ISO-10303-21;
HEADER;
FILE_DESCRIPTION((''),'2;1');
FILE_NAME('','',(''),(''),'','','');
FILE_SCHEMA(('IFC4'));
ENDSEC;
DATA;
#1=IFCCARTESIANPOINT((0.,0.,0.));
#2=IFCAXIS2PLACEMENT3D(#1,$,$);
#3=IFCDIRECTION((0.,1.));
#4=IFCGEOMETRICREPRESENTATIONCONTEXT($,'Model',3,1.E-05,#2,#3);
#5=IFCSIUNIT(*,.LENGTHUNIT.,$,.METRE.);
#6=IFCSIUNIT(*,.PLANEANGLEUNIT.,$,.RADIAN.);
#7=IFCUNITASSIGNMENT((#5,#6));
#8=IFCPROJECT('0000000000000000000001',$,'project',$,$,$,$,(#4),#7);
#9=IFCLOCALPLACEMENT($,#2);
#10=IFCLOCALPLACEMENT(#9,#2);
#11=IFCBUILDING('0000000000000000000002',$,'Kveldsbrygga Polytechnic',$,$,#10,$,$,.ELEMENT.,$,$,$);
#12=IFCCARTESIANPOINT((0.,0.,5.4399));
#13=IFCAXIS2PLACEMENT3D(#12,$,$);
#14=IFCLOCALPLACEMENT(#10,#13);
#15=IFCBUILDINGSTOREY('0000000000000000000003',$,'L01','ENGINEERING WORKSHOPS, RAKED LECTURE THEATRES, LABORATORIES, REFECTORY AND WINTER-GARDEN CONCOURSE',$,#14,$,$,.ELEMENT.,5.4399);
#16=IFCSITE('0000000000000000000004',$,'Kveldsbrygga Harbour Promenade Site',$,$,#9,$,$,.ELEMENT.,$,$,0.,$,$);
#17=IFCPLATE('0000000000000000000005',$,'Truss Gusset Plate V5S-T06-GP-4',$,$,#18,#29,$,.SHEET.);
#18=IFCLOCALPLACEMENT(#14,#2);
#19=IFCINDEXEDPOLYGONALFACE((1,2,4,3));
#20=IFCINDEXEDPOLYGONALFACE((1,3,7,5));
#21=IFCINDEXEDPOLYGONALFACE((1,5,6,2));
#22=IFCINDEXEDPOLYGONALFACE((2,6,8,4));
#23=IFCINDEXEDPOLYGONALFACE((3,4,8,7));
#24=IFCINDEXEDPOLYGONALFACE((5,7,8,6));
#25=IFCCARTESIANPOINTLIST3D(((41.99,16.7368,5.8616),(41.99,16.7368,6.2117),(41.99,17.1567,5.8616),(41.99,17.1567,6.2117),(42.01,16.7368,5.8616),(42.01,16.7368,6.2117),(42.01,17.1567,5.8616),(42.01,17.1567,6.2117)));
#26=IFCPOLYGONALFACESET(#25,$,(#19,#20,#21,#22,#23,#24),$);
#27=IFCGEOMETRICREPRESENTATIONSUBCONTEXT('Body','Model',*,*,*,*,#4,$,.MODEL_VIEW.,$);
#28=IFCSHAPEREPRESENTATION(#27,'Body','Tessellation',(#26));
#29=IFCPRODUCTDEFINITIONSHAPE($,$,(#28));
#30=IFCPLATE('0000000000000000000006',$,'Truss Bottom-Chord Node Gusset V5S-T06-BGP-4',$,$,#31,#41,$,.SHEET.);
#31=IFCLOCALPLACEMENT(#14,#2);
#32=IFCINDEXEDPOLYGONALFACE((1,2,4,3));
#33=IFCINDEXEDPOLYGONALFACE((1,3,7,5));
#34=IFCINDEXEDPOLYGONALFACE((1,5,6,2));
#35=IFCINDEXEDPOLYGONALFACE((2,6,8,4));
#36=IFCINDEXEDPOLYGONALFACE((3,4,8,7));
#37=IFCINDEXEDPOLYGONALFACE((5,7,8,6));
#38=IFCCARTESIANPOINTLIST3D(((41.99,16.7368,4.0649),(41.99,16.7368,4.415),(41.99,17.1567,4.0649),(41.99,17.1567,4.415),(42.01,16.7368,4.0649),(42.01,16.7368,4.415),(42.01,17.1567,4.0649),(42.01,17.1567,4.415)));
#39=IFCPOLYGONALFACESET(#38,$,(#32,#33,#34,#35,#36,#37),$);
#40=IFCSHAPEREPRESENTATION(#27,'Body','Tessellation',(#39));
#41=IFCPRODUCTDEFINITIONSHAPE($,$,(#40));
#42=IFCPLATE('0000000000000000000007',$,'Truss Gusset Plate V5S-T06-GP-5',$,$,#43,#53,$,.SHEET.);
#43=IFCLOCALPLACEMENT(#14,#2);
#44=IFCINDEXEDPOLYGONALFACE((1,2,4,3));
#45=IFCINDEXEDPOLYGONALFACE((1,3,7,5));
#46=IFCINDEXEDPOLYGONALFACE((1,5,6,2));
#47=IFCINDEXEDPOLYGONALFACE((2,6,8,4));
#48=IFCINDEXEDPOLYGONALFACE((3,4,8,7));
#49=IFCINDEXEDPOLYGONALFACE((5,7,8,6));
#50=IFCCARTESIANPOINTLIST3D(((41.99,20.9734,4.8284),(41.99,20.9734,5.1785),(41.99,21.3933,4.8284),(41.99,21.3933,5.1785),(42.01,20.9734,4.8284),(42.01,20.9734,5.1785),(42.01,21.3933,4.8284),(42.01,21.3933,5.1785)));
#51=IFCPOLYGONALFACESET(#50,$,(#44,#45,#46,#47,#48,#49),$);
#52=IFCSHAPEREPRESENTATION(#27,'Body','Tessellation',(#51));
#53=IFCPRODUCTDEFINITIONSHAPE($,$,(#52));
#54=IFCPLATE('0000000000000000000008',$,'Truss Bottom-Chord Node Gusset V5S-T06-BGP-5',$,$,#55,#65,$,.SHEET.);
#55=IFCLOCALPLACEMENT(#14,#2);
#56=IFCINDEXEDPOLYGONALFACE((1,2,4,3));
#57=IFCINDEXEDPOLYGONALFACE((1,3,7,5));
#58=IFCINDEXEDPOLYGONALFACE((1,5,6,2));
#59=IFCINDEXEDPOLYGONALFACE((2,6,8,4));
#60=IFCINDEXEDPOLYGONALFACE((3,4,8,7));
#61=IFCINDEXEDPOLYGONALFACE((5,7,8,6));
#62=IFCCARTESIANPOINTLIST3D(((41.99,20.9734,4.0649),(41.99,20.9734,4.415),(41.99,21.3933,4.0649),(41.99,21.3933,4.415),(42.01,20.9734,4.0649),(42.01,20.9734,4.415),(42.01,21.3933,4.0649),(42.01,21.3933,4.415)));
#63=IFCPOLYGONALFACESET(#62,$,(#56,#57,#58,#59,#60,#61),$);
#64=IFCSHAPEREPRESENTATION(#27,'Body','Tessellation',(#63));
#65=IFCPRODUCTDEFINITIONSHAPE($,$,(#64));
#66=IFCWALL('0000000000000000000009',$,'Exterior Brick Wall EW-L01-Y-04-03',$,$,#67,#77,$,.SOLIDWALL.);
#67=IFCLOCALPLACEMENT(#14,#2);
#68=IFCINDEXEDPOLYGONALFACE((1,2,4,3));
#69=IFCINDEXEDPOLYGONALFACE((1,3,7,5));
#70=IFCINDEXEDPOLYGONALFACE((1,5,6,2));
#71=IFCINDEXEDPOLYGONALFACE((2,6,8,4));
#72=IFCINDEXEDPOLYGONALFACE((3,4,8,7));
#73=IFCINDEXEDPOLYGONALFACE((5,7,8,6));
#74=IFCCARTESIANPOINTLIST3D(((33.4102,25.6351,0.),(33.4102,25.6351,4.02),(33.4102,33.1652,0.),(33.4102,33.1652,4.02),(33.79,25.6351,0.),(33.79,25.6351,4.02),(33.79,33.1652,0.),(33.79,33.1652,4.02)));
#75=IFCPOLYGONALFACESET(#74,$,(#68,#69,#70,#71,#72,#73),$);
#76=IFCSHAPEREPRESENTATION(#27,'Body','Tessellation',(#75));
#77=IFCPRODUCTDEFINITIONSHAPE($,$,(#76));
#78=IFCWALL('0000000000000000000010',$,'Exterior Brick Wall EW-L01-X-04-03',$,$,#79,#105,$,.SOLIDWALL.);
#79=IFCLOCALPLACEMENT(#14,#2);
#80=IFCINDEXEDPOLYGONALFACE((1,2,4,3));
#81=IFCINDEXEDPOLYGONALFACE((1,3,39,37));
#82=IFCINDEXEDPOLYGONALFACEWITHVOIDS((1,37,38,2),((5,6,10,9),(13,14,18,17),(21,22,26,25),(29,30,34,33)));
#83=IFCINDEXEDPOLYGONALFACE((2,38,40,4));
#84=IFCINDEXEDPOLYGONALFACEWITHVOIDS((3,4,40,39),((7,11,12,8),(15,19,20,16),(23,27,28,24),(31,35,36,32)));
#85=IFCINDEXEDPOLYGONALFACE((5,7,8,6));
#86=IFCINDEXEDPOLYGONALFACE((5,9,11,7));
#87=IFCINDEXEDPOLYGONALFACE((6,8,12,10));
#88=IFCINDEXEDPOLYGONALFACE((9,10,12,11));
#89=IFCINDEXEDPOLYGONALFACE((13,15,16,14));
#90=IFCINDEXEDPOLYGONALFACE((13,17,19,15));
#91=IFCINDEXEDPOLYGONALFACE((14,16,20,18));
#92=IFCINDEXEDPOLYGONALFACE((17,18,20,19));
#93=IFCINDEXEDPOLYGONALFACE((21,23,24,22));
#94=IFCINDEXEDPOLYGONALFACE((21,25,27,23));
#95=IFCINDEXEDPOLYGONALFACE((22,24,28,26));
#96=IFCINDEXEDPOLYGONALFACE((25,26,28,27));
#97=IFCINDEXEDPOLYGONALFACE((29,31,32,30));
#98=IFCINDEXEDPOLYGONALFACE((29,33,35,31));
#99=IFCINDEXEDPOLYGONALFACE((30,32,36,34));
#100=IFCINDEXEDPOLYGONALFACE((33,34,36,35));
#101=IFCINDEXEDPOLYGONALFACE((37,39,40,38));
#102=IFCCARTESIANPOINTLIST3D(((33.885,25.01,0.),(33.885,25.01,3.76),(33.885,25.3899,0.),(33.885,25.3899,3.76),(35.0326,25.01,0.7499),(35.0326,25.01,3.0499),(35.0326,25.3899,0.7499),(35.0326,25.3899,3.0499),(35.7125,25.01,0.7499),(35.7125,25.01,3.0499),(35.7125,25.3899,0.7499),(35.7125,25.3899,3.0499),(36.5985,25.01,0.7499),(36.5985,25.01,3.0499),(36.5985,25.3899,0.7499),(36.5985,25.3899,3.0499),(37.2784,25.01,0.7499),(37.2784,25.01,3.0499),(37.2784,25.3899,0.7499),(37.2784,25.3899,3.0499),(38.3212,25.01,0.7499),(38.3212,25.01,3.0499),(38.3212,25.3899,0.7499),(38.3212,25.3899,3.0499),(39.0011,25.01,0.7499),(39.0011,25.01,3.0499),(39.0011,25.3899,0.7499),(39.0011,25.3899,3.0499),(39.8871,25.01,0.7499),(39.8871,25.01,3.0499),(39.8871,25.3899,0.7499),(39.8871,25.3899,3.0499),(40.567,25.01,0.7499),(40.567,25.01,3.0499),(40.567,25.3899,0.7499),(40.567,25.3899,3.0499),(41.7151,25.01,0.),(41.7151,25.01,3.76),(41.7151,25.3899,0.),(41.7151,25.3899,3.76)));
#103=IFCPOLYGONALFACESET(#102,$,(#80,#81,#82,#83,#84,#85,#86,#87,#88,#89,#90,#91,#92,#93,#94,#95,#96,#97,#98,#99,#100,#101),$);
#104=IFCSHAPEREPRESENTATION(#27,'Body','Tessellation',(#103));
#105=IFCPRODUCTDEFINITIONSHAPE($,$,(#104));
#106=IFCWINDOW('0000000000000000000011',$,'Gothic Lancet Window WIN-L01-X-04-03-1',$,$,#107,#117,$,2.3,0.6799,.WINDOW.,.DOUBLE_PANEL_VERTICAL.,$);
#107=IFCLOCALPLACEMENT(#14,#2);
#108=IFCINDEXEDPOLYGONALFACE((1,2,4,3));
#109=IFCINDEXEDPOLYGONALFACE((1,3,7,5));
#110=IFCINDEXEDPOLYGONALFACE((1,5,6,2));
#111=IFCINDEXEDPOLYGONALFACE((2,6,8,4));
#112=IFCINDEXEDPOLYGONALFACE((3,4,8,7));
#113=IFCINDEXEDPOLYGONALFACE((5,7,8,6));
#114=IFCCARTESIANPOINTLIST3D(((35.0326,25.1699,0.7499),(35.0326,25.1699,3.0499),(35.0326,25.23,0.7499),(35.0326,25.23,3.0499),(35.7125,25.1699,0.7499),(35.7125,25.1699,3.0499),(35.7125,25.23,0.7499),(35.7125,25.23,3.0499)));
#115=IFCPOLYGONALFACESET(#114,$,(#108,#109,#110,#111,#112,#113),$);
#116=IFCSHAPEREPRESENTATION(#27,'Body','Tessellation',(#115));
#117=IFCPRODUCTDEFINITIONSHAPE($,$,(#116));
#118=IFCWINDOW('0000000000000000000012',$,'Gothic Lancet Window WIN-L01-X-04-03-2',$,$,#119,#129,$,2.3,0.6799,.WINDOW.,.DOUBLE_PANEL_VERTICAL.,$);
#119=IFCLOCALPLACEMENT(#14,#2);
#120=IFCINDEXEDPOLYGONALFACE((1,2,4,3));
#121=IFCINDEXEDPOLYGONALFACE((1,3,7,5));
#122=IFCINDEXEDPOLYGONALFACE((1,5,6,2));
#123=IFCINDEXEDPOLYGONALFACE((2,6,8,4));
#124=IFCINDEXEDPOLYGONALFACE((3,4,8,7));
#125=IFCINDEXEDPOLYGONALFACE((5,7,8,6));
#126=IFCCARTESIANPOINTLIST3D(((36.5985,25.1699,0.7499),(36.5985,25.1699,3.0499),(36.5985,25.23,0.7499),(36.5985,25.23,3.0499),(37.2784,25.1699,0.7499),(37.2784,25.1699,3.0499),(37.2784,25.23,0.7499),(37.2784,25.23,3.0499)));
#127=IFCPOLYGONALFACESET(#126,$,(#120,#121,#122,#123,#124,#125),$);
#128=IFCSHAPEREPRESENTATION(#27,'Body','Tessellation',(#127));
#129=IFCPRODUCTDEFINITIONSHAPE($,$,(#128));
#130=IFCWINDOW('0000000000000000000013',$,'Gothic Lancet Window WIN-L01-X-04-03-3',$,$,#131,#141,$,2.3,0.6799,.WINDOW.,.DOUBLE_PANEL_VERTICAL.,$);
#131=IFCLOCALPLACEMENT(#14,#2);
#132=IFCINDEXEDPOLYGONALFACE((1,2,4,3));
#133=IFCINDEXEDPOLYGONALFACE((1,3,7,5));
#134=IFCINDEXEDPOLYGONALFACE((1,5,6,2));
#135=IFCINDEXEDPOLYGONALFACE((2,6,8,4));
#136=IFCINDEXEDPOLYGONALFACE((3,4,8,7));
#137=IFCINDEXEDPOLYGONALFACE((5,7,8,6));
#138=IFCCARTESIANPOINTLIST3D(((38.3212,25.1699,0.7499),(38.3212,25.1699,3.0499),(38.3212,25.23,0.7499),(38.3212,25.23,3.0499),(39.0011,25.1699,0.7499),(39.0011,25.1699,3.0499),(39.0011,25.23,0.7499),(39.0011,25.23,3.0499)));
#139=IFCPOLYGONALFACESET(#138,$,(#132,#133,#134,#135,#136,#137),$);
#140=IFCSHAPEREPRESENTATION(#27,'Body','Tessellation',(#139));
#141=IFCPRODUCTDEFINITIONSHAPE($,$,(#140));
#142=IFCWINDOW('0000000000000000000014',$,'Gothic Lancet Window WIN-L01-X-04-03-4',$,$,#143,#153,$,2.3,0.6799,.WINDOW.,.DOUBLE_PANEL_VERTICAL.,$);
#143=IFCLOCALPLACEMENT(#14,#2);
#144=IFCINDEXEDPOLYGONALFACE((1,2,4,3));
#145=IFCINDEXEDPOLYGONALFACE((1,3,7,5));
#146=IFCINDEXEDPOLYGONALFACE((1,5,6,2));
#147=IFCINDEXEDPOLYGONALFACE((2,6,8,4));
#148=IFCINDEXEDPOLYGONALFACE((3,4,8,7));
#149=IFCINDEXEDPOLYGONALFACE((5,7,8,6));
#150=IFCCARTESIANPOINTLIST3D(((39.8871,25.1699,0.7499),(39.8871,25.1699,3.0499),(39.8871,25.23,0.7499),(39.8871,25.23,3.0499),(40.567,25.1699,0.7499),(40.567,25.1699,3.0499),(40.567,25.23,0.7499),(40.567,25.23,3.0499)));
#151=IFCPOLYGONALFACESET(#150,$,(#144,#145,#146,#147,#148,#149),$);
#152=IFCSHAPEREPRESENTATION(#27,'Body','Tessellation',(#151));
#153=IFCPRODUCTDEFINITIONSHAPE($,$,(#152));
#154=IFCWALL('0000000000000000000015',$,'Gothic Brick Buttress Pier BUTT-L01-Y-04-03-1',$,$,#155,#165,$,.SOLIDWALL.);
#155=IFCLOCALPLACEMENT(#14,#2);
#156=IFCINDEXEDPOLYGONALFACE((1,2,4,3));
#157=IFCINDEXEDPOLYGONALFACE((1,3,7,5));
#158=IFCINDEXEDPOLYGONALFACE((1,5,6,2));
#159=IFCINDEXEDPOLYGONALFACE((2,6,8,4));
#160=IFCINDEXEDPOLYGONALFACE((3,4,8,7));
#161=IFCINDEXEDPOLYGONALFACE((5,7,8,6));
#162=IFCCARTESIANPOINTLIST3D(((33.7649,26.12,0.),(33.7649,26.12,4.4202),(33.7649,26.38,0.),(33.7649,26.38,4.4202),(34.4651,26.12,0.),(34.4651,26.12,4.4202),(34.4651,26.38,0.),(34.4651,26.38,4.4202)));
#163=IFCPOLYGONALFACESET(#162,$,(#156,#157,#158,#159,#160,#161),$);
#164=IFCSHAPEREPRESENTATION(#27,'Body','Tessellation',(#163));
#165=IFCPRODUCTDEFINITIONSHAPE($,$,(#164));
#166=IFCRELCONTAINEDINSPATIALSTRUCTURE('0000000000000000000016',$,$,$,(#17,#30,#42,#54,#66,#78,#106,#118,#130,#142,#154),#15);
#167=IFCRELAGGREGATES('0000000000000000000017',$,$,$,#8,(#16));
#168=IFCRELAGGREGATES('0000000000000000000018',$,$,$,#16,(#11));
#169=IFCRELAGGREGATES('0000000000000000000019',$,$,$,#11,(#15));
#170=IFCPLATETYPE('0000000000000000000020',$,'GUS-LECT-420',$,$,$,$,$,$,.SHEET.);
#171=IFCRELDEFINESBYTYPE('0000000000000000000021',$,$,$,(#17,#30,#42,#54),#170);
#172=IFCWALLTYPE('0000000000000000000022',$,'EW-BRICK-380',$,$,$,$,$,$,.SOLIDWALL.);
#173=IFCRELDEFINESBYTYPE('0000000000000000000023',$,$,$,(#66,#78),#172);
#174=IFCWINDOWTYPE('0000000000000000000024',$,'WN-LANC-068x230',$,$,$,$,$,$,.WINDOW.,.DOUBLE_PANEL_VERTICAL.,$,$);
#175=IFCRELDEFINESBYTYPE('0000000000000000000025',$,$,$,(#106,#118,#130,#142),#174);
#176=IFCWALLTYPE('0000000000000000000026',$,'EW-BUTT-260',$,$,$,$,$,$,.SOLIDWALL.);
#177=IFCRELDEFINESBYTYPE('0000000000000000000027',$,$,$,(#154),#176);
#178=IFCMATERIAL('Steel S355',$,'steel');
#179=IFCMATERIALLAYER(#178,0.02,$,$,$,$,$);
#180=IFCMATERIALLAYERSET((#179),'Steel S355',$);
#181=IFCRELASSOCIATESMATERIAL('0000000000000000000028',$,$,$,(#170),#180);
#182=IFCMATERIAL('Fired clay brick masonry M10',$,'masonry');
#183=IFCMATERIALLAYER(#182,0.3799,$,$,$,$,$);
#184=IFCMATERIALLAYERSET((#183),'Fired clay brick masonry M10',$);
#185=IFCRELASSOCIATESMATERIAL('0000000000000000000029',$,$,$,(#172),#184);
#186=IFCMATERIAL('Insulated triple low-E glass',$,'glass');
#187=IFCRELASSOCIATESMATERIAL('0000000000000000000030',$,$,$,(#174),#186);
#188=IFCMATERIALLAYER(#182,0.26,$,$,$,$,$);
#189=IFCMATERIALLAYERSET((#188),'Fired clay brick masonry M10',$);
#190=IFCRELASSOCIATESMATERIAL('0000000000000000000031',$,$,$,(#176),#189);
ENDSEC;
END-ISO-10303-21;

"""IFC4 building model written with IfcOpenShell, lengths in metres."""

from ifc_helpers import new_model, si_unit, direction, frame, frame_2d, origin, origin_2d, place, context, subcontext, project, spatial, rectangle, extrude, material, layer, layer_set, type_object, element, fill, save


model = new_model("IFC4")

# Units and contexts
model_context = context("Model", 3, precision=1e-05, world=origin(), true_north=direction((0.0, 1.0)))
body_context = subcontext(model_context, "Body", "Model", "MODEL_VIEW")
ifc_project = project(units=[si_unit("LENGTHUNIT", "METRE"), si_unit("PLANEANGLEUNIT", "RADIAN")], contexts=[model_context])

# Site, building, storey
site_placement = place(None, origin())
site = spatial("IfcSite", under=ifc_project, at=site_placement, Name="Kveldsbrygga Harbour Promenade Site", CompositionType="ELEMENT", RefElevation=0.0)
building_placement = place(site_placement, origin())
building = spatial("IfcBuilding", under=site, at=building_placement, Name="Kveldsbrygga Polytechnic", CompositionType="ELEMENT")
storey_placement = place(building_placement, frame((0.0, 0.0, 5.4399)))
storey = spatial("IfcBuildingStorey", under=building, at=storey_placement, Name="L01", Description="ENGINEERING WORKSHOPS, RAKED LECTURE THEATRES, LABORATORIES, REFECTORY AND WINTER-GARDEN CONCOURSE", CompositionType="ELEMENT", Elevation=5.4399)

# Shared definitions
ifc_material_1 = material(Name="Steel S355", Category="steel")

# Plates
ifc_layer_1 = layer(ifc_material_1, 0.02)
ifc_layer_set_1 = layer_set([ifc_layer_1], Name="Steel S355")
plate_type_1 = type_object("IfcPlateType", Name="GUS-LECT-420", PredefinedType="SHEET", material=ifc_layer_set_1)
for number, where, z_axis, x_axis, name in (
    (1, (42.0, 16.9468, 5.8616), (0.0, 0.0, 1.0), (1.0, 0.0, 0.0), "Truss Gusset Plate V5S-T06-GP-4"),
    (2, (42.0, 16.9468, 4.0649), (0.0, 0.0, 1.0), (1.0, 0.0, 0.0), "Truss Bottom-Chord Node Gusset V5S-T06-BGP-4"),
    (3, (42.0, 21.1833, 4.8284), (0.0, 0.0, 1.0), (1.0, 0.0, 0.0), "Truss Gusset Plate V5S-T06-GP-5"),
    (4, (42.0, 21.1833, 4.0649), (0.0, 0.0, 1.0), (1.0, 0.0, 0.0), "Truss Bottom-Chord Node Gusset V5S-T06-BGP-5"),
):
    element("IfcPlate", number, at=place(storey_placement, frame(where, z_axis=z_axis, x_axis=x_axis)), inside=storey, type_object=plate_type_1, Name=name, PredefinedType="SHEET", context=body_context, shape_type="SweptSolid", body=[
        extrude(rectangle(XDim=0.02, YDim=0.4199, at=origin_2d()), origin(), (0.0, 0.0, 1.0), 0.3501),
    ])

# Wall
ifc_material_2 = material(Name="Fired clay brick masonry M10", Category="masonry")
ifc_layer_2 = layer(ifc_material_2, 0.3799)
ifc_layer_set_2 = layer_set([ifc_layer_2], Name="Fired clay brick masonry M10")
wall_type_1 = type_object("IfcWallType", Name="EW-BRICK-380", PredefinedType="SOLIDWALL", material=ifc_layer_set_2)
wall_1_placement = place(storey_placement, frame((33.6001, 25.635, 0.0), z_axis=(0.0, 0.0, 1.0), x_axis=(0.0, 1.0, 0.0)))
element("IfcWall", 5, at=wall_1_placement, inside=storey, type_object=wall_type_1, Name="Exterior Brick Wall EW-L01-Y-04-03", PredefinedType="SOLIDWALL", context=body_context, shape_type="SweptSolid", body=[
    extrude(rectangle(XDim=7.53, YDim=0.3799, at=frame_2d((3.7651, 0.0))), origin(), (0.0, 0.0, 1.0), 4.02),
])

# Wall, openings, windows
wall_2_placement = place(storey_placement, frame((33.885, 25.2, 0.0), z_axis=(0.0, 0.0, 1.0), x_axis=(1.0, 0.0, 0.0)))
wall_2 = element("IfcWall", 6, at=wall_2_placement, inside=storey, type_object=wall_type_1, Name="Exterior Brick Wall EW-L01-X-04-03", PredefinedType="SOLIDWALL", context=body_context, shape_type="SweptSolid", body=[
    extrude(rectangle(XDim=7.8301, YDim=0.3799, at=frame_2d((3.915, 0.0))), origin(), (0.0, 0.0, 1.0), 3.76),
])
opening_1_placement = place(wall_2_placement, frame((1.1477, 0.0, 0.75)))
opening_1 = element("IfcOpeningElement", 7, at=opening_1_placement, cuts=wall_2, PredefinedType="OPENING", context=body_context, shape_type="SweptSolid", body=[
    extrude(rectangle(XDim=0.6799, YDim=2.3, at=frame_2d((0.3398, 1.1499))), frame((0.0, 0.2, 0.0), z_axis=(0.0, -1.0, 0.0), x_axis=(1.0, 0.0, 0.0)), (0.0, 0.0, 1.0), 0.3999),
])
opening_2_placement = place(wall_2_placement, frame((2.7136, 0.0, 0.75)))
opening_2 = element("IfcOpeningElement", 8, at=opening_2_placement, cuts=wall_2, PredefinedType="OPENING", context=body_context, shape_type="SweptSolid", body=[
    extrude(rectangle(XDim=0.6799, YDim=2.3, at=frame_2d((0.3398, 1.1499))), frame((0.0, 0.2, 0.0), z_axis=(0.0, -1.0, 0.0), x_axis=(1.0, 0.0, 0.0)), (0.0, 0.0, 1.0), 0.3999),
])
opening_3_placement = place(wall_2_placement, frame((4.4363, 0.0, 0.75)))
opening_3 = element("IfcOpeningElement", 9, at=opening_3_placement, cuts=wall_2, PredefinedType="OPENING", context=body_context, shape_type="SweptSolid", body=[
    extrude(rectangle(XDim=0.6799, YDim=2.3, at=frame_2d((0.3398, 1.1499))), frame((0.0, 0.2, 0.0), z_axis=(0.0, -1.0, 0.0), x_axis=(1.0, 0.0, 0.0)), (0.0, 0.0, 1.0), 0.3999),
])
opening_4_placement = place(wall_2_placement, frame((6.0022, 0.0, 0.75)))
opening_4 = element("IfcOpeningElement", 10, at=opening_4_placement, cuts=wall_2, PredefinedType="OPENING", context=body_context, shape_type="SweptSolid", body=[
    extrude(rectangle(XDim=0.6799, YDim=2.3, at=frame_2d((0.3398, 1.1499))), frame((0.0, 0.2, 0.0), z_axis=(0.0, -1.0, 0.0), x_axis=(1.0, 0.0, 0.0)), (0.0, 0.0, 1.0), 0.3999),
])
ifc_material_3 = material(Name="Insulated triple low-E glass", Category="glass")
window_type = type_object("IfcWindowType", Name="WN-LANC-068x230", PartitioningType="DOUBLE_PANEL_VERTICAL", PredefinedType="WINDOW", material=ifc_material_3)
window_1_placement = place(opening_1_placement, origin())
window_1 = element("IfcWindow", 11, at=window_1_placement, inside=storey, type_object=window_type, Name="Gothic Lancet Window WIN-L01-X-04-03-1", OverallHeight=2.3, OverallWidth=0.6799, PartitioningType="DOUBLE_PANEL_VERTICAL", PredefinedType="WINDOW", context=body_context, shape_type="SweptSolid", body=[
    extrude(rectangle(XDim=0.6799, YDim=2.3, at=frame_2d((0.3398, 1.1499))), frame((0.0, 0.03, 0.0), z_axis=(0.0, -1.0, 0.0), x_axis=(1.0, 0.0, 0.0)), (0.0, 0.0, 1.0), 0.0601),
])
fill(opening_1, window_1)
window_2_placement = place(opening_2_placement, origin())
window_2 = element("IfcWindow", 12, at=window_2_placement, inside=storey, type_object=window_type, Name="Gothic Lancet Window WIN-L01-X-04-03-2", OverallHeight=2.3, OverallWidth=0.6799, PartitioningType="DOUBLE_PANEL_VERTICAL", PredefinedType="WINDOW", context=body_context, shape_type="SweptSolid", body=[
    extrude(rectangle(XDim=0.6799, YDim=2.3, at=frame_2d((0.3398, 1.1499))), frame((0.0, 0.03, 0.0), z_axis=(0.0, -1.0, 0.0), x_axis=(1.0, 0.0, 0.0)), (0.0, 0.0, 1.0), 0.0601),
])
fill(opening_2, window_2)
window_3_placement = place(opening_3_placement, origin())
window_3 = element("IfcWindow", 13, at=window_3_placement, inside=storey, type_object=window_type, Name="Gothic Lancet Window WIN-L01-X-04-03-3", OverallHeight=2.3, OverallWidth=0.6799, PartitioningType="DOUBLE_PANEL_VERTICAL", PredefinedType="WINDOW", context=body_context, shape_type="SweptSolid", body=[
    extrude(rectangle(XDim=0.6799, YDim=2.3, at=frame_2d((0.3398, 1.1499))), frame((0.0, 0.03, 0.0), z_axis=(0.0, -1.0, 0.0), x_axis=(1.0, 0.0, 0.0)), (0.0, 0.0, 1.0), 0.0601),
])
fill(opening_3, window_3)
window_4_placement = place(opening_4_placement, origin())
window_4 = element("IfcWindow", 14, at=window_4_placement, inside=storey, type_object=window_type, Name="Gothic Lancet Window WIN-L01-X-04-03-4", OverallHeight=2.3, OverallWidth=0.6799, PartitioningType="DOUBLE_PANEL_VERTICAL", PredefinedType="WINDOW", context=body_context, shape_type="SweptSolid", body=[
    extrude(rectangle(XDim=0.6799, YDim=2.3, at=frame_2d((0.3398, 1.1499))), frame((0.0, 0.03, 0.0), z_axis=(0.0, -1.0, 0.0), x_axis=(1.0, 0.0, 0.0)), (0.0, 0.0, 1.0), 0.0601),
])
fill(opening_4, window_4)

# Wall
ifc_layer_3 = layer(ifc_material_2, 0.26)
ifc_layer_set_3 = layer_set([ifc_layer_3], Name="Fired clay brick masonry M10")
wall_type_2 = type_object("IfcWallType", Name="EW-BUTT-260", PredefinedType="SOLIDWALL", material=ifc_layer_set_3)
wall_3_placement = place(storey_placement, frame((33.7649, 26.25, 0.0), z_axis=(0.0, 0.0, 1.0), x_axis=(1.0, 0.0, 0.0)))
element("IfcWall", 15, at=wall_3_placement, inside=storey, type_object=wall_type_2, Name="Gothic Brick Buttress Pier BUTT-L01-Y-04-03-1", PredefinedType="SOLIDWALL", context=body_context, shape_type="SweptSolid", body=[
    extrude(rectangle(XDim=0.7002, YDim=0.26, at=frame_2d((0.3501, 0.0))), origin(), (0.0, 0.0, 1.0), 4.4202),
])

save(model, "model.ifc")
